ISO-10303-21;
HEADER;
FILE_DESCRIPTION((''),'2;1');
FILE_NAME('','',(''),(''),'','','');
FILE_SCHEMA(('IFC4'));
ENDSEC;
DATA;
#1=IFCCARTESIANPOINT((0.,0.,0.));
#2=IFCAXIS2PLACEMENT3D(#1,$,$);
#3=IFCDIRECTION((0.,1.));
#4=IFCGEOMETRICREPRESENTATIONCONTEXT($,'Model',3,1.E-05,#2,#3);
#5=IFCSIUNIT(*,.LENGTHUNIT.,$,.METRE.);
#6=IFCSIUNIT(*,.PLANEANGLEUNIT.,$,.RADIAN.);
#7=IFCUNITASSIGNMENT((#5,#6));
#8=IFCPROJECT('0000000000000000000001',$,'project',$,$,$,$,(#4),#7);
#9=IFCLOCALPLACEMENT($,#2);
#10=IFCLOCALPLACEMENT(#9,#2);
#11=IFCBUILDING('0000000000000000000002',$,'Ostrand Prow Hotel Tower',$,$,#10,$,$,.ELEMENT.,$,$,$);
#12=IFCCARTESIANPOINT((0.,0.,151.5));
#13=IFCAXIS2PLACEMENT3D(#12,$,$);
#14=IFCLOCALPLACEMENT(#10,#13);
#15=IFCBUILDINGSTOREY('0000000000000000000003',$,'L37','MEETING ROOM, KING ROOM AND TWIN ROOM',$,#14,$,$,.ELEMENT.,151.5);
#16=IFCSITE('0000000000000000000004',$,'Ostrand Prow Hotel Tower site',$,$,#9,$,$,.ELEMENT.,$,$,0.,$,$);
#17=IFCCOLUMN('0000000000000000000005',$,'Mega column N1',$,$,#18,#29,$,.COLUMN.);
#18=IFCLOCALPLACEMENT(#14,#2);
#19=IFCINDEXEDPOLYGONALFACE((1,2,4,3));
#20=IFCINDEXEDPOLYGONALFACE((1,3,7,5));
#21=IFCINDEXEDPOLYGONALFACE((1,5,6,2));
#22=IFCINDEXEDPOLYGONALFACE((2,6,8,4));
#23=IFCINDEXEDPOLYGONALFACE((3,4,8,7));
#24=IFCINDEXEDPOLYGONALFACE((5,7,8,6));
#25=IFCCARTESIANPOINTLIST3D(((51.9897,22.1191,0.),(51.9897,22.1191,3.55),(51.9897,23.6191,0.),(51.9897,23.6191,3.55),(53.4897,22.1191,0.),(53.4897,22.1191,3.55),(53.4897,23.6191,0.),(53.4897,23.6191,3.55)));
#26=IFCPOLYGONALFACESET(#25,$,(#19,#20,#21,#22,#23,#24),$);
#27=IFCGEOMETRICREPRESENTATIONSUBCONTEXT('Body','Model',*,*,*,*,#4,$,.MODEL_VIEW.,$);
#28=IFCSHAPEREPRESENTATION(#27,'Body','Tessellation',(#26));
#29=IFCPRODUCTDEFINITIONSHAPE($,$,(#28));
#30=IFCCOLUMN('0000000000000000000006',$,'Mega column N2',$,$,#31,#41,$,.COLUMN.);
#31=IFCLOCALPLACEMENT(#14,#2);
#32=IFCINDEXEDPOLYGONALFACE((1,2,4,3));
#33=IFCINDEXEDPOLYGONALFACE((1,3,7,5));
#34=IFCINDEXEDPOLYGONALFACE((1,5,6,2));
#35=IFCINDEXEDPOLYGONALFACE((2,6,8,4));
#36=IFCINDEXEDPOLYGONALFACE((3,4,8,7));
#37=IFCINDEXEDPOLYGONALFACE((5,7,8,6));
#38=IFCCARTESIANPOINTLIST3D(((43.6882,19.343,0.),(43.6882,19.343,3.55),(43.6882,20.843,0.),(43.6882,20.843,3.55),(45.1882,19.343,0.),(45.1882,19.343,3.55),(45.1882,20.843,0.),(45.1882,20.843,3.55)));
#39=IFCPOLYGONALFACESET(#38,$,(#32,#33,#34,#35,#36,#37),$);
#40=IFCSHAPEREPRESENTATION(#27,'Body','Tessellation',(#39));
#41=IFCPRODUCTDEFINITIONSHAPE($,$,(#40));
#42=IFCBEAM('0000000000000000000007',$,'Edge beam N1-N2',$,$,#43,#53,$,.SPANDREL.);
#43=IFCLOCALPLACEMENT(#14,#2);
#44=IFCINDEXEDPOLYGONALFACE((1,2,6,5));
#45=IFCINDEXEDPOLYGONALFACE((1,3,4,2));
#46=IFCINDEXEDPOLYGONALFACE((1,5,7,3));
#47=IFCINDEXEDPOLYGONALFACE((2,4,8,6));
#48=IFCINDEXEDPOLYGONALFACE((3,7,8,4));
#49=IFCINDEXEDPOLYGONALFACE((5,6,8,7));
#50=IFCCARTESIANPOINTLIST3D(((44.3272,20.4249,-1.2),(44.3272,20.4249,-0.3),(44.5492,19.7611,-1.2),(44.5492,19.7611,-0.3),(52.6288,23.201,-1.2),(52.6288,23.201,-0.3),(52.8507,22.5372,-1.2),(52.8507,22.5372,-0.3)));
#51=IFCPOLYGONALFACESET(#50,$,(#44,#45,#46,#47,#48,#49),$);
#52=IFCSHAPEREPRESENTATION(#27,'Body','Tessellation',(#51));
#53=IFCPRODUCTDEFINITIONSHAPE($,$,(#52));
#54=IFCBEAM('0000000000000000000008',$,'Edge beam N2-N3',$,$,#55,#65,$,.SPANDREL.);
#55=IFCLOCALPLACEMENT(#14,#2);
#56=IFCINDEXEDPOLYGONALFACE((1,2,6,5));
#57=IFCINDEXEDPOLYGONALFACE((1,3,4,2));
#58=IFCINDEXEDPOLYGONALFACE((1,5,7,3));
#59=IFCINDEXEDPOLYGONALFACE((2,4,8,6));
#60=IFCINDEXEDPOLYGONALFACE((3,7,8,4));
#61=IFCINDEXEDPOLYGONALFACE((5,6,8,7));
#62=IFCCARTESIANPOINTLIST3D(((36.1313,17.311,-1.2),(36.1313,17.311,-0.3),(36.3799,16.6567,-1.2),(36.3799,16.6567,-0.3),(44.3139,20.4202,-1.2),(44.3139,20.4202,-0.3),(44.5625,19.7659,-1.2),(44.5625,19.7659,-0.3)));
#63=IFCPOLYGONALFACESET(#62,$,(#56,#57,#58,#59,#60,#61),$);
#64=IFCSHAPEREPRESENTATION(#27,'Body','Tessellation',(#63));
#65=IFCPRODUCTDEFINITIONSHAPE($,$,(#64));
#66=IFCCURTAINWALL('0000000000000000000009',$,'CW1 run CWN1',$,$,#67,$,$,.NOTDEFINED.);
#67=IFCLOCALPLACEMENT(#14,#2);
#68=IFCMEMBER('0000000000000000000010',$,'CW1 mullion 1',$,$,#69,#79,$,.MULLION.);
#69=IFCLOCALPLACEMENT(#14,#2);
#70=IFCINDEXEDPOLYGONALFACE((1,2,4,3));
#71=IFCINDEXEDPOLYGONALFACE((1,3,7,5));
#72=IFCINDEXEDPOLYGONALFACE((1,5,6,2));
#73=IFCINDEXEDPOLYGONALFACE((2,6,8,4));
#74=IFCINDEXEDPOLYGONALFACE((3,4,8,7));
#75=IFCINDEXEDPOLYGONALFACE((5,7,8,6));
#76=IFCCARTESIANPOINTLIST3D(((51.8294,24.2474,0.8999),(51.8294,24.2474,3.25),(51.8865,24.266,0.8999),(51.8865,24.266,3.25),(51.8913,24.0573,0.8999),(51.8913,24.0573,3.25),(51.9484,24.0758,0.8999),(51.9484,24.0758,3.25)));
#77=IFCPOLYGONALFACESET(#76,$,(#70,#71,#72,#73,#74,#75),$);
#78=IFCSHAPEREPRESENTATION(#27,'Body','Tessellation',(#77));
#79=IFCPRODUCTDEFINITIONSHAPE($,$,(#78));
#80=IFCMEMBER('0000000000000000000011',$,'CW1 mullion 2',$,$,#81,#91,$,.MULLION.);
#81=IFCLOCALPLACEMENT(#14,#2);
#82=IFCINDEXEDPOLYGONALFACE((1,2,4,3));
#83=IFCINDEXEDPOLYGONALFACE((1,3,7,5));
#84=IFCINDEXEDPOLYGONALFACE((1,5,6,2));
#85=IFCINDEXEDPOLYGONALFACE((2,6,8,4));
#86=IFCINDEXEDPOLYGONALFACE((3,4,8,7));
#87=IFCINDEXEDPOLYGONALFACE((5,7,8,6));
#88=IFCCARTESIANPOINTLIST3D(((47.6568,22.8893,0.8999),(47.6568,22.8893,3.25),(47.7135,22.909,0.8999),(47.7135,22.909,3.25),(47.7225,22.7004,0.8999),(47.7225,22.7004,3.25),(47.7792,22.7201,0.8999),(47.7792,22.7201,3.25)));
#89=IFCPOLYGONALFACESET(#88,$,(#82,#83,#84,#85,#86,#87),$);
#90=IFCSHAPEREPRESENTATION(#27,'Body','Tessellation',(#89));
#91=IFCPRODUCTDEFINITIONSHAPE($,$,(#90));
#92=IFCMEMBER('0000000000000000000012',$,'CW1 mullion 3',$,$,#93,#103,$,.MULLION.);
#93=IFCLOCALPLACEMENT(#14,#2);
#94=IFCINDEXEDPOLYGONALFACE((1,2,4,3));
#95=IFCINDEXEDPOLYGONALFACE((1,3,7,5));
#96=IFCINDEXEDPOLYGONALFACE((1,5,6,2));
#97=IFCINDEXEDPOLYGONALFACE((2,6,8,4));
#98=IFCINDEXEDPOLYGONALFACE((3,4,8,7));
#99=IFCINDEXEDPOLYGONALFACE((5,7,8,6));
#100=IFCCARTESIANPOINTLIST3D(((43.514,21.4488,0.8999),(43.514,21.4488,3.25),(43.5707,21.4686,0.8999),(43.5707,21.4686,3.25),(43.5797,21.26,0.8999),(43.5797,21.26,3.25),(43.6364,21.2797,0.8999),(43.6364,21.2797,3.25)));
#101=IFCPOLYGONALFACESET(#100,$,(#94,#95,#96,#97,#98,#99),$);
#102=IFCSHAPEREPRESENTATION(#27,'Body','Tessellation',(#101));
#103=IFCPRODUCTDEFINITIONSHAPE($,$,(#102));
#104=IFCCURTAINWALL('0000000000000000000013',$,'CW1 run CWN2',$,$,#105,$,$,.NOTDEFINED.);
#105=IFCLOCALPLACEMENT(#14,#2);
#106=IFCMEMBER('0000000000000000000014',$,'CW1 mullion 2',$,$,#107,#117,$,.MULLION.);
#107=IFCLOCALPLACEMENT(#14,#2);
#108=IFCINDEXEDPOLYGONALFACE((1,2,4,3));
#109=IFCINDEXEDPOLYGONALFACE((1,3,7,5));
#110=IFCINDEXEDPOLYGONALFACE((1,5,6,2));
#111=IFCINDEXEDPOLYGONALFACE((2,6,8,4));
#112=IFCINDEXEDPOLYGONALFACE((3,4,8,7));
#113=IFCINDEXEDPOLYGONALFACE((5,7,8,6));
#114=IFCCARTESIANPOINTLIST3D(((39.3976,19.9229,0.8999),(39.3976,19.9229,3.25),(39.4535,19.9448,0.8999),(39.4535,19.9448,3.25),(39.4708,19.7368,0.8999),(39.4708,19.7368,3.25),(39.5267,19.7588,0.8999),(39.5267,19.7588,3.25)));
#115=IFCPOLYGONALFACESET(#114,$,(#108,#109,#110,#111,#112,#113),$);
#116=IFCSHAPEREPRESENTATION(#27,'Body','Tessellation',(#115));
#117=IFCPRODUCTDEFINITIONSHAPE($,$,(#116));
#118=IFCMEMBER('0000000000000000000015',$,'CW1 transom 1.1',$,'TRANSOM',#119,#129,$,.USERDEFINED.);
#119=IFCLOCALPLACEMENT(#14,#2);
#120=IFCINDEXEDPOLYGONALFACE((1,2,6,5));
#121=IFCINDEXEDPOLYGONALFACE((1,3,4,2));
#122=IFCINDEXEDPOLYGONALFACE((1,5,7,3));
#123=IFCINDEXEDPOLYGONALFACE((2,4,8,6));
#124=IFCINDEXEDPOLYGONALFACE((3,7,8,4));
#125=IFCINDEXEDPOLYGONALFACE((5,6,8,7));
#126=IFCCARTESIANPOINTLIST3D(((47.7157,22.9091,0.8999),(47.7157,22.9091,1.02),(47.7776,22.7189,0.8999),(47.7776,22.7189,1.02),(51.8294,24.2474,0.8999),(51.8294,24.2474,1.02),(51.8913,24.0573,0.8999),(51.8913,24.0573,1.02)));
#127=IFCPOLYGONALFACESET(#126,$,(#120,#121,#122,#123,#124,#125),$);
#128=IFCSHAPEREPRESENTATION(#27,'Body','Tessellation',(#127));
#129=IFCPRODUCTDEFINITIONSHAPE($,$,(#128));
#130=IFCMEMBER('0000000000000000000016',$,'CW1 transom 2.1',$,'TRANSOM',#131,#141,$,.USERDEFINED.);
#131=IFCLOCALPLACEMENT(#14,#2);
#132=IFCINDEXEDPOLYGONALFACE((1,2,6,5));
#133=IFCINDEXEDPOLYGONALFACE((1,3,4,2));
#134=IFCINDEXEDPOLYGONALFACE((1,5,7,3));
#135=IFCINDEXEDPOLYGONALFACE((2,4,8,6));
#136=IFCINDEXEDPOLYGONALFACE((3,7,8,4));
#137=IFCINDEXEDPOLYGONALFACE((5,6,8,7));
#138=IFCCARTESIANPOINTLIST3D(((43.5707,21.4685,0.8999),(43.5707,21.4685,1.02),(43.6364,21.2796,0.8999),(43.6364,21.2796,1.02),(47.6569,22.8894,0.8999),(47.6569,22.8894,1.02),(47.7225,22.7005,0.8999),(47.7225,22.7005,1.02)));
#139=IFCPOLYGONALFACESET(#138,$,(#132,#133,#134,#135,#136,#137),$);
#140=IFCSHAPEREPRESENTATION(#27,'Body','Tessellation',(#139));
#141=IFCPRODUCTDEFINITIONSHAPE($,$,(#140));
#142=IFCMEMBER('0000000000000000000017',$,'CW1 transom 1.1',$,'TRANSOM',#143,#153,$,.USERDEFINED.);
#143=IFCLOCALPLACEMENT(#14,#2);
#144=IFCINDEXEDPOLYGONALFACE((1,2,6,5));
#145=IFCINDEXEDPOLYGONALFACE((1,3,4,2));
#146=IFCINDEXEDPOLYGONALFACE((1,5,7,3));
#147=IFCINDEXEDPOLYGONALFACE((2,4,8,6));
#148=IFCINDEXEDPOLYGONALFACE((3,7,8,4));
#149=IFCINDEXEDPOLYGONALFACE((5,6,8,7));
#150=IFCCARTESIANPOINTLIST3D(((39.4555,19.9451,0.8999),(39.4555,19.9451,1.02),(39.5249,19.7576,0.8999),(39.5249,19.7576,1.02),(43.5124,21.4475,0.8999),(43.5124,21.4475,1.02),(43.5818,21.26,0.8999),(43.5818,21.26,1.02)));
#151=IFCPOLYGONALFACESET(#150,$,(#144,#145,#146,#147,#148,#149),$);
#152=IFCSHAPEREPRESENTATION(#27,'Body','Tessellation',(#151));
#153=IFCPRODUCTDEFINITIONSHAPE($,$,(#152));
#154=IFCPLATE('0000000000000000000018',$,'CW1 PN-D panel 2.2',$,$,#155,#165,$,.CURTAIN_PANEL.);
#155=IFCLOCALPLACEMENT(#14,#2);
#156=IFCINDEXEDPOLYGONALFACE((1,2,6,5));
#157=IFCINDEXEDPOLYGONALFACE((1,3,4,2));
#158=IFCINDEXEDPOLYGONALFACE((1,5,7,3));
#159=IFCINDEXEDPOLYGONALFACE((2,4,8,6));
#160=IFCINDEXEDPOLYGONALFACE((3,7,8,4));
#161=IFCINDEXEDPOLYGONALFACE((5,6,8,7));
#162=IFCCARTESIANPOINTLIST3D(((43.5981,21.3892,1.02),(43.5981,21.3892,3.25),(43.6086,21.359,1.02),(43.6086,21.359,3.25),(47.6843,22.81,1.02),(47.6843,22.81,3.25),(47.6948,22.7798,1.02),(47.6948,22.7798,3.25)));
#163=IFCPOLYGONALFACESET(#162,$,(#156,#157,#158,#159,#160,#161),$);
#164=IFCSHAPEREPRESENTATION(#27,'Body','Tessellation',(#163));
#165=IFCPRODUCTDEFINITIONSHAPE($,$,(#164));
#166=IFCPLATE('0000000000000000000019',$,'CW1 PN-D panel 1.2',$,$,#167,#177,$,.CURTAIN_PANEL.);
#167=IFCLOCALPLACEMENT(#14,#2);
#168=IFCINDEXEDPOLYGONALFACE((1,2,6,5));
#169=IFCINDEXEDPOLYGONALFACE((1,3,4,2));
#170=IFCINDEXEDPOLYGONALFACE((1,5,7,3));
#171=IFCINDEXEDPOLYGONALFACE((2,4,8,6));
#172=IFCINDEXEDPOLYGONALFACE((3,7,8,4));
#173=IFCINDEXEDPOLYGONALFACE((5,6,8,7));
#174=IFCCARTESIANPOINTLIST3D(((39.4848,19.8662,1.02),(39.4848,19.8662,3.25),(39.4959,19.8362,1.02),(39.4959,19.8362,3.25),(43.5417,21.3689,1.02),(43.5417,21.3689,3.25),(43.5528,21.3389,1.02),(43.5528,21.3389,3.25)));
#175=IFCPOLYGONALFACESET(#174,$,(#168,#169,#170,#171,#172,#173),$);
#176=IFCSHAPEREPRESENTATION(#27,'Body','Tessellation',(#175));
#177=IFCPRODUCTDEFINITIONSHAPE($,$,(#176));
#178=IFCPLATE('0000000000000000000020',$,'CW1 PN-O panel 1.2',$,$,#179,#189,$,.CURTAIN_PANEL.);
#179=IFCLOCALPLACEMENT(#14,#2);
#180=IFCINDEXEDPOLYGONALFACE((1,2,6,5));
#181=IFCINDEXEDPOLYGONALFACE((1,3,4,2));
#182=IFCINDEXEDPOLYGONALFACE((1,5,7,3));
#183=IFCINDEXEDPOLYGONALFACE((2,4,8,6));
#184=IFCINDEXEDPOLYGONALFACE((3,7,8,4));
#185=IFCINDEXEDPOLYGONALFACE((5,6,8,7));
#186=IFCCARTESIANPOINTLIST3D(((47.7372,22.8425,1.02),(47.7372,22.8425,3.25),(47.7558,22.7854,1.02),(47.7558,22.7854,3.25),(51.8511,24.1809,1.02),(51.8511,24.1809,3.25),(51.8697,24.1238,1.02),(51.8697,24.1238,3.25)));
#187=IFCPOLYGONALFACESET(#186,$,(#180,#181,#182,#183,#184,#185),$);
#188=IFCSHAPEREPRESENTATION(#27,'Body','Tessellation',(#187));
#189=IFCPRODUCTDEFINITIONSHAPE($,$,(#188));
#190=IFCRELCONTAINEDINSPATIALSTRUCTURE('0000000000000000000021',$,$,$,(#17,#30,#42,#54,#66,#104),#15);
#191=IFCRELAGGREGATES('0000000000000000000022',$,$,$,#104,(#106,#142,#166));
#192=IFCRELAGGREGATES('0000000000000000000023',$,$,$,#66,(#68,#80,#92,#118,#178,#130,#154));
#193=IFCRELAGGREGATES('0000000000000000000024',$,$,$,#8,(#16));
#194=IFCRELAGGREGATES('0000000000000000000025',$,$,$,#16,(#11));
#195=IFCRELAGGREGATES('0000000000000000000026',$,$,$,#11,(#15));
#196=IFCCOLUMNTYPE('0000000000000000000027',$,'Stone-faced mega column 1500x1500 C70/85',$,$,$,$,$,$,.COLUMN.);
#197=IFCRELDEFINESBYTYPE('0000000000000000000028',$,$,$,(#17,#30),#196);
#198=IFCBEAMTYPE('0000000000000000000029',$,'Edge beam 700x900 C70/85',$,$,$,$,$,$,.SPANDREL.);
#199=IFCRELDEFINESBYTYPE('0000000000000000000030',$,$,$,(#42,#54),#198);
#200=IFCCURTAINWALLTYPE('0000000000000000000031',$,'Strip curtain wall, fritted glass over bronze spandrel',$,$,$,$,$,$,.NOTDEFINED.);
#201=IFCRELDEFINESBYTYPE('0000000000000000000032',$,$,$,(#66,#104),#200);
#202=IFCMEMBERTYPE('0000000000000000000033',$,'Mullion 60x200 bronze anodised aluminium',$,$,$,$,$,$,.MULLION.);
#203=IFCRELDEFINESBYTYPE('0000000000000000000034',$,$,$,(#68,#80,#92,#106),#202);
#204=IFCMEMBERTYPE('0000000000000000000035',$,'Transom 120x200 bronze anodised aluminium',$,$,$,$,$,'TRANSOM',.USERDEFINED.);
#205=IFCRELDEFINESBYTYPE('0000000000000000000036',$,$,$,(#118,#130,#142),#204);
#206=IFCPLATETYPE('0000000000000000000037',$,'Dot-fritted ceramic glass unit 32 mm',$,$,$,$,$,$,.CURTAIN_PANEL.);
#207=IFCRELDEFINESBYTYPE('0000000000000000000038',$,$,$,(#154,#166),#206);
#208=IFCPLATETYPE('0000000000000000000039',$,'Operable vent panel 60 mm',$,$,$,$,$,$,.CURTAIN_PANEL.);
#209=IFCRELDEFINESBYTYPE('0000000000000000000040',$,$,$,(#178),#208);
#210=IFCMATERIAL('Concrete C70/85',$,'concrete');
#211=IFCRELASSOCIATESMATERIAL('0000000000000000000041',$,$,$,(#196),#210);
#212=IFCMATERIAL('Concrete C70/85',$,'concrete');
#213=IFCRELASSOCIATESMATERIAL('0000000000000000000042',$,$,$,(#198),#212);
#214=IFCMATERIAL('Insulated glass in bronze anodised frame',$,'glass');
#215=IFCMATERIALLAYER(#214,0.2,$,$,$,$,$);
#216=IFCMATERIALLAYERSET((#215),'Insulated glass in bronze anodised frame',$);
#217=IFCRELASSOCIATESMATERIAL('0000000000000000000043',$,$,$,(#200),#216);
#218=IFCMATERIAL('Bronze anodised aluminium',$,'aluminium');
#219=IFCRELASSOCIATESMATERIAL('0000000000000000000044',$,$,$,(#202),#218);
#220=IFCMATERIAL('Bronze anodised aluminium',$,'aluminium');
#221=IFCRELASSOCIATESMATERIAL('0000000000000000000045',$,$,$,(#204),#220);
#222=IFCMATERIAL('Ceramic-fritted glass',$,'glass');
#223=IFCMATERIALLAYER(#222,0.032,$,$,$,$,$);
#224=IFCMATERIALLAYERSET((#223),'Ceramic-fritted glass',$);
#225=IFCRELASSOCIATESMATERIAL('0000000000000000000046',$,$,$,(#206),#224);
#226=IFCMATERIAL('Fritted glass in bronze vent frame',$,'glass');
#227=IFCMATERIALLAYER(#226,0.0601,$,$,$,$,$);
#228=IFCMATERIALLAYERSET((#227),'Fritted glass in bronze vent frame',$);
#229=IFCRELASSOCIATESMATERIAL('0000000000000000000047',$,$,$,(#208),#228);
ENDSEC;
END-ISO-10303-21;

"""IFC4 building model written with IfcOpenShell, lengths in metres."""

from ifc_helpers import new_model, si_unit, direction, frame, origin, origin_2d, place, context, subcontext, project, spatial, rectangle, extrude, material, layer, layer_set, material_profile, profile_set, type_object, element, aggregate, save


model = new_model("IFC4")

# Units and contexts
model_context = context("Model", 3, precision=1e-05, world=origin(), true_north=direction((0.0, 1.0)))
body_context = subcontext(model_context, "Body", "Model", "MODEL_VIEW")
ifc_project = project(units=[si_unit("LENGTHUNIT", "METRE"), si_unit("PLANEANGLEUNIT", "RADIAN")], contexts=[model_context])

# Site, building, storey
site_placement = place(None, origin())
site = spatial("IfcSite", under=ifc_project, at=site_placement, Name="Ostrand Prow Hotel Tower site", CompositionType="ELEMENT", RefElevation=0.0)
building_placement = place(site_placement, origin())
building = spatial("IfcBuilding", under=site, at=building_placement, Name="Ostrand Prow Hotel Tower", CompositionType="ELEMENT")
storey_placement = place(building_placement, frame((0.0, 0.0, 151.5)))
storey = spatial("IfcBuildingStorey", under=building, at=storey_placement, Name="L37", Description="MEETING ROOM, KING ROOM AND TWIN ROOM", CompositionType="ELEMENT", Elevation=151.5)

# Columns
ifc_material_1 = material(Name="Concrete C70/85", Category="concrete")
ifc_material_profile_1 = material_profile(ifc_material_1, rectangle(XDim=1.5, YDim=1.5, at=origin_2d()), Name="RC 1500x1500")
ifc_profile_set_1 = profile_set([ifc_material_profile_1], Name="Concrete C70/85")
column_type = type_object("IfcColumnType", Name="Stone-faced mega column 1500x1500 C70/85", PredefinedType="COLUMN", material=ifc_profile_set_1)
for number, where, z_axis, x_axis, name in (
    (1, (52.7397, 22.8691, 0.0), (0.0, 0.0, 1.0), (1.0, 0.0, 0.0), "Mega column N1"),
    (2, (44.4382, 20.093, 0.0), (0.0, 0.0, 1.0), (1.0, 0.0, 0.0), "Mega column N2"),
):
    element("IfcColumn", number, at=place(storey_placement, frame(where, z_axis=z_axis, x_axis=x_axis)), inside=storey, type_object=column_type, Name=name, PredefinedType="COLUMN", context=body_context, shape_type="SweptSolid", body=[
        extrude(rectangle(XDim=1.5, YDim=1.5, at=origin_2d()), origin(), (0.0, 0.0, 1.0), 3.55),
    ])

# Beams
ifc_material_2 = material(Name="Concrete C70/85", Category="concrete")
ifc_material_profile_2 = material_profile(ifc_material_2, rectangle(XDim=0.7, YDim=0.8999, at=origin_2d()), Name="RC 700x900")
ifc_profile_set_2 = profile_set([ifc_material_profile_2], Name="Concrete C70/85")
beam_type = type_object("IfcBeamType", Name="Edge beam 700x900 C70/85", PredefinedType="SPANDREL", material=ifc_profile_set_2)
for number, where, z_axis, x_axis, name in (
    (3, (52.7397, 22.8691, -0.75), (-0.948376, -0.317148, 0.0), (0.317148, -0.948376, 0.0), "Edge beam N1-N2"),
    (4, (44.4382, 20.093, -0.75), (-0.934794, -0.355191, 0.0), (0.355191, -0.934794, 0.0), "Edge beam N2-N3"),
):
    element("IfcBeam", number, at=place(storey_placement, frame(where, z_axis=z_axis, x_axis=x_axis)), inside=storey, type_object=beam_type, Name=name, PredefinedType="SPANDREL", context=body_context, shape_type="SweptSolid", body=[
        extrude(rectangle(XDim=0.7, YDim=0.8999, at=origin_2d()), origin(), (0.0, 0.0, 1.0), 8.7534),
    ])

# Curtain wall, members
ifc_material_3 = material(Name="Insulated glass in bronze anodised frame", Category="glass")
ifc_layer_1 = layer(ifc_material_3, 0.2)
ifc_layer_set_1 = layer_set([ifc_layer_1], Name="Insulated glass in bronze anodised frame")
curtain_wall_type = type_object("IfcCurtainWallType", Name="Strip curtain wall, fritted glass over bronze spandrel", PredefinedType="NOTDEFINED", material=ifc_layer_set_1)
curtain_wall_1_placement = place(storey_placement, origin())
curtain_wall_1 = element("IfcCurtainWall", 5, at=curtain_wall_1_placement, inside=storey, type_object=curtain_wall_type, Name="CW1 run CWN1", PredefinedType="NOTDEFINED")
ifc_material_4 = material(Name="Bronze anodised aluminium", Category="aluminium")
ifc_material_profile_3 = material_profile(ifc_material_4, rectangle(XDim=0.2, YDim=0.0601, at=origin_2d()), Name="Mullion 60x200 bronze anodised aluminium")
ifc_profile_set_3 = profile_set([ifc_material_profile_3], Name="Bronze anodised aluminium")
member_type_1 = type_object("IfcMemberType", Name="Mullion 60x200 bronze anodised aluminium", PredefinedType="MULLION", material=ifc_profile_set_3)
member_1_placement = place(storey_placement, frame((51.8889, 24.1616, 0.8999), z_axis=(0.0, 0.0, 1.0), x_axis=(0.30938, -0.950938, 0.0)))
member_1 = element("IfcMember", 6, at=member_1_placement, type_object=member_type_1, Name="CW1 mullion 1", PredefinedType="MULLION", context=body_context, shape_type="SweptSolid", body=[
    extrude(rectangle(XDim=0.2, YDim=0.0601, at=origin_2d()), origin(), (0.0, 0.0, 1.0), 2.3501),
])
member_2_placement = place(storey_placement, frame((47.718, 22.8047, 0.8999), z_axis=(0.0, 0.0, 1.0), x_axis=(0.328428, -0.944529, 0.0)))
member_2 = element("IfcMember", 7, at=member_2_placement, type_object=member_type_1, Name="CW1 mullion 2", PredefinedType="MULLION", context=body_context, shape_type="SweptSolid", body=[
    extrude(rectangle(XDim=0.2, YDim=0.0601, at=origin_2d()), origin(), (0.0, 0.0, 1.0), 2.3501),
])
member_3_placement = place(storey_placement, frame((43.5752, 21.3643, 0.8999), z_axis=(0.0, 0.0, 1.0), x_axis=(0.328428, -0.944529, 0.0)))
member_3 = element("IfcMember", 8, at=member_3_placement, type_object=member_type_1, Name="CW1 mullion 3", PredefinedType="MULLION", context=body_context, shape_type="SweptSolid", body=[
    extrude(rectangle(XDim=0.2, YDim=0.0601, at=origin_2d()), origin(), (0.0, 0.0, 1.0), 2.3501),
])

# Curtain wall, member
curtain_wall_2_placement = place(storey_placement, origin())
curtain_wall_2 = element("IfcCurtainWall", 9, at=curtain_wall_2_placement, inside=storey, type_object=curtain_wall_type, Name="CW1 run CWN2", PredefinedType="NOTDEFINED")
member_4_placement = place(storey_placement, frame((39.4622, 19.8408, 0.8999), z_axis=(0.0, 0.0, 1.0), x_axis=(0.366116, -0.930569, 0.0)))
member_4 = element("IfcMember", 10, at=member_4_placement, type_object=member_type_1, Name="CW1 mullion 2", PredefinedType="MULLION", context=body_context, shape_type="SweptSolid", body=[
    extrude(rectangle(XDim=0.2, YDim=0.0601, at=origin_2d()), origin(), (0.0, 0.0, 1.0), 2.3501),
])

# Members
ifc_material_5 = material(Name="Bronze anodised aluminium", Category="aluminium")
ifc_material_profile_4 = material_profile(ifc_material_5, rectangle(XDim=0.2, YDim=0.1201, at=origin_2d()), Name="Transom 120x200 bronze anodised aluminium")
ifc_profile_set_4 = profile_set([ifc_material_profile_4], Name="Bronze anodised aluminium")
member_type_2 = type_object("IfcMemberType", Name="Transom 120x200 bronze anodised aluminium", ElementType="TRANSOM", PredefinedType="USERDEFINED", material=ifc_profile_set_4)
member_5_placement = place(storey_placement, frame((51.8604, 24.1523, 0.96), z_axis=(-0.950939, -0.30938, 0.0), x_axis=(0.30938, -0.950939, 0.0)))
member_5 = element("IfcMember", 11, at=member_5_placement, type_object=member_type_2, Name="CW1 transom 1.1", ObjectType="TRANSOM", PredefinedType="USERDEFINED", context=body_context, shape_type="SweptSolid", body=[
    extrude(rectangle(XDim=0.2, YDim=0.1201, at=origin_2d()), origin(), (0.0, 0.0, 1.0), 4.3259),
])
member_6_placement = place(storey_placement, frame((47.6897, 22.7949, 0.96), z_axis=(-0.944524, -0.328442, 0.0), x_axis=(0.328442, -0.944524, 0.0)))
member_6 = element("IfcMember", 12, at=member_6_placement, type_object=member_type_2, Name="CW1 transom 2.1", ObjectType="TRANSOM", PredefinedType="USERDEFINED", context=body_context, shape_type="SweptSolid", body=[
    extrude(rectangle(XDim=0.2, YDim=0.1201, at=origin_2d()), origin(), (0.0, 0.0, 1.0), 4.3262),
])
member_7_placement = place(storey_placement, frame((43.5471, 21.3538, 0.96), z_axis=(-0.937757, -0.347292, 0.0), x_axis=(0.347292, -0.937757, 0.0)))
member_7 = element("IfcMember", 13, at=member_7_placement, type_object=member_type_2, Name="CW1 transom 1.1", ObjectType="TRANSOM", PredefinedType="USERDEFINED", context=body_context, shape_type="SweptSolid", body=[
    extrude(rectangle(XDim=0.2, YDim=0.1201, at=origin_2d()), origin(), (0.0, 0.0, 1.0), 4.3262),
])

# Plates
ifc_material_6 = material(Name="Ceramic-fritted glass", Category="glass")
ifc_layer_2 = layer(ifc_material_6, 0.032)
ifc_layer_set_2 = layer_set([ifc_layer_2], Name="Ceramic-fritted glass")
plate_type_1 = type_object("IfcPlateType", Name="Dot-fritted ceramic glass unit 32 mm", PredefinedType="CURTAIN_PANEL", material=ifc_layer_set_2)
plate_1_placement = place(storey_placement, frame((45.6465, 22.0845, 1.02), z_axis=(0.0, 0.0, 1.0), x_axis=(-0.944529, -0.328428, 0.0)))
plate_1 = element("IfcPlate", 14, at=plate_1_placement, type_object=plate_type_1, Name="CW1 PN-D panel 2.2", PredefinedType="CURTAIN_PANEL", context=body_context, shape_type="SweptSolid", body=[
    extrude(rectangle(XDim=4.3262, YDim=0.032, at=origin_2d()), origin(), (0.0, 0.0, 1.0), 2.23),
])
plate_2_placement = place(storey_placement, frame((41.5188, 20.6025, 1.02), z_axis=(0.0, 0.0, 1.0), x_axis=(-0.937739, -0.347342, 0.0)))
plate_2 = element("IfcPlate", 15, at=plate_2_placement, type_object=plate_type_1, Name="CW1 PN-D panel 1.2", PredefinedType="CURTAIN_PANEL", context=body_context, shape_type="SweptSolid", body=[
    extrude(rectangle(XDim=4.3262, YDim=0.032, at=origin_2d()), origin(), (0.0, 0.0, 1.0), 2.23),
])
aggregate(curtain_wall_2, [member_4, member_7, plate_2])
ifc_material_7 = material(Name="Fritted glass in bronze vent frame", Category="glass")
ifc_layer_3 = layer(ifc_material_7, 0.0601)
ifc_layer_set_3 = layer_set([ifc_layer_3], Name="Fritted glass in bronze vent frame")
plate_type_2 = type_object("IfcPlateType", Name="Operable vent panel 60 mm", PredefinedType="CURTAIN_PANEL", material=ifc_layer_set_3)
plate_3_placement = place(storey_placement, frame((49.8035, 23.4832, 1.02), z_axis=(0.0, 0.0, 1.0), x_axis=(-0.950938, -0.30938, 0.0)))
plate_3 = element("IfcPlate", 16, at=plate_3_placement, type_object=plate_type_2, Name="CW1 PN-O panel 1.2", PredefinedType="CURTAIN_PANEL", context=body_context, shape_type="SweptSolid", body=[
    extrude(rectangle(XDim=4.3262, YDim=0.0601, at=origin_2d()), origin(), (0.0, 0.0, 1.0), 2.23),
])
aggregate(curtain_wall_1, [member_1, member_2, member_3, member_5, plate_3, member_6, plate_1])

save(model, "model.ifc")
